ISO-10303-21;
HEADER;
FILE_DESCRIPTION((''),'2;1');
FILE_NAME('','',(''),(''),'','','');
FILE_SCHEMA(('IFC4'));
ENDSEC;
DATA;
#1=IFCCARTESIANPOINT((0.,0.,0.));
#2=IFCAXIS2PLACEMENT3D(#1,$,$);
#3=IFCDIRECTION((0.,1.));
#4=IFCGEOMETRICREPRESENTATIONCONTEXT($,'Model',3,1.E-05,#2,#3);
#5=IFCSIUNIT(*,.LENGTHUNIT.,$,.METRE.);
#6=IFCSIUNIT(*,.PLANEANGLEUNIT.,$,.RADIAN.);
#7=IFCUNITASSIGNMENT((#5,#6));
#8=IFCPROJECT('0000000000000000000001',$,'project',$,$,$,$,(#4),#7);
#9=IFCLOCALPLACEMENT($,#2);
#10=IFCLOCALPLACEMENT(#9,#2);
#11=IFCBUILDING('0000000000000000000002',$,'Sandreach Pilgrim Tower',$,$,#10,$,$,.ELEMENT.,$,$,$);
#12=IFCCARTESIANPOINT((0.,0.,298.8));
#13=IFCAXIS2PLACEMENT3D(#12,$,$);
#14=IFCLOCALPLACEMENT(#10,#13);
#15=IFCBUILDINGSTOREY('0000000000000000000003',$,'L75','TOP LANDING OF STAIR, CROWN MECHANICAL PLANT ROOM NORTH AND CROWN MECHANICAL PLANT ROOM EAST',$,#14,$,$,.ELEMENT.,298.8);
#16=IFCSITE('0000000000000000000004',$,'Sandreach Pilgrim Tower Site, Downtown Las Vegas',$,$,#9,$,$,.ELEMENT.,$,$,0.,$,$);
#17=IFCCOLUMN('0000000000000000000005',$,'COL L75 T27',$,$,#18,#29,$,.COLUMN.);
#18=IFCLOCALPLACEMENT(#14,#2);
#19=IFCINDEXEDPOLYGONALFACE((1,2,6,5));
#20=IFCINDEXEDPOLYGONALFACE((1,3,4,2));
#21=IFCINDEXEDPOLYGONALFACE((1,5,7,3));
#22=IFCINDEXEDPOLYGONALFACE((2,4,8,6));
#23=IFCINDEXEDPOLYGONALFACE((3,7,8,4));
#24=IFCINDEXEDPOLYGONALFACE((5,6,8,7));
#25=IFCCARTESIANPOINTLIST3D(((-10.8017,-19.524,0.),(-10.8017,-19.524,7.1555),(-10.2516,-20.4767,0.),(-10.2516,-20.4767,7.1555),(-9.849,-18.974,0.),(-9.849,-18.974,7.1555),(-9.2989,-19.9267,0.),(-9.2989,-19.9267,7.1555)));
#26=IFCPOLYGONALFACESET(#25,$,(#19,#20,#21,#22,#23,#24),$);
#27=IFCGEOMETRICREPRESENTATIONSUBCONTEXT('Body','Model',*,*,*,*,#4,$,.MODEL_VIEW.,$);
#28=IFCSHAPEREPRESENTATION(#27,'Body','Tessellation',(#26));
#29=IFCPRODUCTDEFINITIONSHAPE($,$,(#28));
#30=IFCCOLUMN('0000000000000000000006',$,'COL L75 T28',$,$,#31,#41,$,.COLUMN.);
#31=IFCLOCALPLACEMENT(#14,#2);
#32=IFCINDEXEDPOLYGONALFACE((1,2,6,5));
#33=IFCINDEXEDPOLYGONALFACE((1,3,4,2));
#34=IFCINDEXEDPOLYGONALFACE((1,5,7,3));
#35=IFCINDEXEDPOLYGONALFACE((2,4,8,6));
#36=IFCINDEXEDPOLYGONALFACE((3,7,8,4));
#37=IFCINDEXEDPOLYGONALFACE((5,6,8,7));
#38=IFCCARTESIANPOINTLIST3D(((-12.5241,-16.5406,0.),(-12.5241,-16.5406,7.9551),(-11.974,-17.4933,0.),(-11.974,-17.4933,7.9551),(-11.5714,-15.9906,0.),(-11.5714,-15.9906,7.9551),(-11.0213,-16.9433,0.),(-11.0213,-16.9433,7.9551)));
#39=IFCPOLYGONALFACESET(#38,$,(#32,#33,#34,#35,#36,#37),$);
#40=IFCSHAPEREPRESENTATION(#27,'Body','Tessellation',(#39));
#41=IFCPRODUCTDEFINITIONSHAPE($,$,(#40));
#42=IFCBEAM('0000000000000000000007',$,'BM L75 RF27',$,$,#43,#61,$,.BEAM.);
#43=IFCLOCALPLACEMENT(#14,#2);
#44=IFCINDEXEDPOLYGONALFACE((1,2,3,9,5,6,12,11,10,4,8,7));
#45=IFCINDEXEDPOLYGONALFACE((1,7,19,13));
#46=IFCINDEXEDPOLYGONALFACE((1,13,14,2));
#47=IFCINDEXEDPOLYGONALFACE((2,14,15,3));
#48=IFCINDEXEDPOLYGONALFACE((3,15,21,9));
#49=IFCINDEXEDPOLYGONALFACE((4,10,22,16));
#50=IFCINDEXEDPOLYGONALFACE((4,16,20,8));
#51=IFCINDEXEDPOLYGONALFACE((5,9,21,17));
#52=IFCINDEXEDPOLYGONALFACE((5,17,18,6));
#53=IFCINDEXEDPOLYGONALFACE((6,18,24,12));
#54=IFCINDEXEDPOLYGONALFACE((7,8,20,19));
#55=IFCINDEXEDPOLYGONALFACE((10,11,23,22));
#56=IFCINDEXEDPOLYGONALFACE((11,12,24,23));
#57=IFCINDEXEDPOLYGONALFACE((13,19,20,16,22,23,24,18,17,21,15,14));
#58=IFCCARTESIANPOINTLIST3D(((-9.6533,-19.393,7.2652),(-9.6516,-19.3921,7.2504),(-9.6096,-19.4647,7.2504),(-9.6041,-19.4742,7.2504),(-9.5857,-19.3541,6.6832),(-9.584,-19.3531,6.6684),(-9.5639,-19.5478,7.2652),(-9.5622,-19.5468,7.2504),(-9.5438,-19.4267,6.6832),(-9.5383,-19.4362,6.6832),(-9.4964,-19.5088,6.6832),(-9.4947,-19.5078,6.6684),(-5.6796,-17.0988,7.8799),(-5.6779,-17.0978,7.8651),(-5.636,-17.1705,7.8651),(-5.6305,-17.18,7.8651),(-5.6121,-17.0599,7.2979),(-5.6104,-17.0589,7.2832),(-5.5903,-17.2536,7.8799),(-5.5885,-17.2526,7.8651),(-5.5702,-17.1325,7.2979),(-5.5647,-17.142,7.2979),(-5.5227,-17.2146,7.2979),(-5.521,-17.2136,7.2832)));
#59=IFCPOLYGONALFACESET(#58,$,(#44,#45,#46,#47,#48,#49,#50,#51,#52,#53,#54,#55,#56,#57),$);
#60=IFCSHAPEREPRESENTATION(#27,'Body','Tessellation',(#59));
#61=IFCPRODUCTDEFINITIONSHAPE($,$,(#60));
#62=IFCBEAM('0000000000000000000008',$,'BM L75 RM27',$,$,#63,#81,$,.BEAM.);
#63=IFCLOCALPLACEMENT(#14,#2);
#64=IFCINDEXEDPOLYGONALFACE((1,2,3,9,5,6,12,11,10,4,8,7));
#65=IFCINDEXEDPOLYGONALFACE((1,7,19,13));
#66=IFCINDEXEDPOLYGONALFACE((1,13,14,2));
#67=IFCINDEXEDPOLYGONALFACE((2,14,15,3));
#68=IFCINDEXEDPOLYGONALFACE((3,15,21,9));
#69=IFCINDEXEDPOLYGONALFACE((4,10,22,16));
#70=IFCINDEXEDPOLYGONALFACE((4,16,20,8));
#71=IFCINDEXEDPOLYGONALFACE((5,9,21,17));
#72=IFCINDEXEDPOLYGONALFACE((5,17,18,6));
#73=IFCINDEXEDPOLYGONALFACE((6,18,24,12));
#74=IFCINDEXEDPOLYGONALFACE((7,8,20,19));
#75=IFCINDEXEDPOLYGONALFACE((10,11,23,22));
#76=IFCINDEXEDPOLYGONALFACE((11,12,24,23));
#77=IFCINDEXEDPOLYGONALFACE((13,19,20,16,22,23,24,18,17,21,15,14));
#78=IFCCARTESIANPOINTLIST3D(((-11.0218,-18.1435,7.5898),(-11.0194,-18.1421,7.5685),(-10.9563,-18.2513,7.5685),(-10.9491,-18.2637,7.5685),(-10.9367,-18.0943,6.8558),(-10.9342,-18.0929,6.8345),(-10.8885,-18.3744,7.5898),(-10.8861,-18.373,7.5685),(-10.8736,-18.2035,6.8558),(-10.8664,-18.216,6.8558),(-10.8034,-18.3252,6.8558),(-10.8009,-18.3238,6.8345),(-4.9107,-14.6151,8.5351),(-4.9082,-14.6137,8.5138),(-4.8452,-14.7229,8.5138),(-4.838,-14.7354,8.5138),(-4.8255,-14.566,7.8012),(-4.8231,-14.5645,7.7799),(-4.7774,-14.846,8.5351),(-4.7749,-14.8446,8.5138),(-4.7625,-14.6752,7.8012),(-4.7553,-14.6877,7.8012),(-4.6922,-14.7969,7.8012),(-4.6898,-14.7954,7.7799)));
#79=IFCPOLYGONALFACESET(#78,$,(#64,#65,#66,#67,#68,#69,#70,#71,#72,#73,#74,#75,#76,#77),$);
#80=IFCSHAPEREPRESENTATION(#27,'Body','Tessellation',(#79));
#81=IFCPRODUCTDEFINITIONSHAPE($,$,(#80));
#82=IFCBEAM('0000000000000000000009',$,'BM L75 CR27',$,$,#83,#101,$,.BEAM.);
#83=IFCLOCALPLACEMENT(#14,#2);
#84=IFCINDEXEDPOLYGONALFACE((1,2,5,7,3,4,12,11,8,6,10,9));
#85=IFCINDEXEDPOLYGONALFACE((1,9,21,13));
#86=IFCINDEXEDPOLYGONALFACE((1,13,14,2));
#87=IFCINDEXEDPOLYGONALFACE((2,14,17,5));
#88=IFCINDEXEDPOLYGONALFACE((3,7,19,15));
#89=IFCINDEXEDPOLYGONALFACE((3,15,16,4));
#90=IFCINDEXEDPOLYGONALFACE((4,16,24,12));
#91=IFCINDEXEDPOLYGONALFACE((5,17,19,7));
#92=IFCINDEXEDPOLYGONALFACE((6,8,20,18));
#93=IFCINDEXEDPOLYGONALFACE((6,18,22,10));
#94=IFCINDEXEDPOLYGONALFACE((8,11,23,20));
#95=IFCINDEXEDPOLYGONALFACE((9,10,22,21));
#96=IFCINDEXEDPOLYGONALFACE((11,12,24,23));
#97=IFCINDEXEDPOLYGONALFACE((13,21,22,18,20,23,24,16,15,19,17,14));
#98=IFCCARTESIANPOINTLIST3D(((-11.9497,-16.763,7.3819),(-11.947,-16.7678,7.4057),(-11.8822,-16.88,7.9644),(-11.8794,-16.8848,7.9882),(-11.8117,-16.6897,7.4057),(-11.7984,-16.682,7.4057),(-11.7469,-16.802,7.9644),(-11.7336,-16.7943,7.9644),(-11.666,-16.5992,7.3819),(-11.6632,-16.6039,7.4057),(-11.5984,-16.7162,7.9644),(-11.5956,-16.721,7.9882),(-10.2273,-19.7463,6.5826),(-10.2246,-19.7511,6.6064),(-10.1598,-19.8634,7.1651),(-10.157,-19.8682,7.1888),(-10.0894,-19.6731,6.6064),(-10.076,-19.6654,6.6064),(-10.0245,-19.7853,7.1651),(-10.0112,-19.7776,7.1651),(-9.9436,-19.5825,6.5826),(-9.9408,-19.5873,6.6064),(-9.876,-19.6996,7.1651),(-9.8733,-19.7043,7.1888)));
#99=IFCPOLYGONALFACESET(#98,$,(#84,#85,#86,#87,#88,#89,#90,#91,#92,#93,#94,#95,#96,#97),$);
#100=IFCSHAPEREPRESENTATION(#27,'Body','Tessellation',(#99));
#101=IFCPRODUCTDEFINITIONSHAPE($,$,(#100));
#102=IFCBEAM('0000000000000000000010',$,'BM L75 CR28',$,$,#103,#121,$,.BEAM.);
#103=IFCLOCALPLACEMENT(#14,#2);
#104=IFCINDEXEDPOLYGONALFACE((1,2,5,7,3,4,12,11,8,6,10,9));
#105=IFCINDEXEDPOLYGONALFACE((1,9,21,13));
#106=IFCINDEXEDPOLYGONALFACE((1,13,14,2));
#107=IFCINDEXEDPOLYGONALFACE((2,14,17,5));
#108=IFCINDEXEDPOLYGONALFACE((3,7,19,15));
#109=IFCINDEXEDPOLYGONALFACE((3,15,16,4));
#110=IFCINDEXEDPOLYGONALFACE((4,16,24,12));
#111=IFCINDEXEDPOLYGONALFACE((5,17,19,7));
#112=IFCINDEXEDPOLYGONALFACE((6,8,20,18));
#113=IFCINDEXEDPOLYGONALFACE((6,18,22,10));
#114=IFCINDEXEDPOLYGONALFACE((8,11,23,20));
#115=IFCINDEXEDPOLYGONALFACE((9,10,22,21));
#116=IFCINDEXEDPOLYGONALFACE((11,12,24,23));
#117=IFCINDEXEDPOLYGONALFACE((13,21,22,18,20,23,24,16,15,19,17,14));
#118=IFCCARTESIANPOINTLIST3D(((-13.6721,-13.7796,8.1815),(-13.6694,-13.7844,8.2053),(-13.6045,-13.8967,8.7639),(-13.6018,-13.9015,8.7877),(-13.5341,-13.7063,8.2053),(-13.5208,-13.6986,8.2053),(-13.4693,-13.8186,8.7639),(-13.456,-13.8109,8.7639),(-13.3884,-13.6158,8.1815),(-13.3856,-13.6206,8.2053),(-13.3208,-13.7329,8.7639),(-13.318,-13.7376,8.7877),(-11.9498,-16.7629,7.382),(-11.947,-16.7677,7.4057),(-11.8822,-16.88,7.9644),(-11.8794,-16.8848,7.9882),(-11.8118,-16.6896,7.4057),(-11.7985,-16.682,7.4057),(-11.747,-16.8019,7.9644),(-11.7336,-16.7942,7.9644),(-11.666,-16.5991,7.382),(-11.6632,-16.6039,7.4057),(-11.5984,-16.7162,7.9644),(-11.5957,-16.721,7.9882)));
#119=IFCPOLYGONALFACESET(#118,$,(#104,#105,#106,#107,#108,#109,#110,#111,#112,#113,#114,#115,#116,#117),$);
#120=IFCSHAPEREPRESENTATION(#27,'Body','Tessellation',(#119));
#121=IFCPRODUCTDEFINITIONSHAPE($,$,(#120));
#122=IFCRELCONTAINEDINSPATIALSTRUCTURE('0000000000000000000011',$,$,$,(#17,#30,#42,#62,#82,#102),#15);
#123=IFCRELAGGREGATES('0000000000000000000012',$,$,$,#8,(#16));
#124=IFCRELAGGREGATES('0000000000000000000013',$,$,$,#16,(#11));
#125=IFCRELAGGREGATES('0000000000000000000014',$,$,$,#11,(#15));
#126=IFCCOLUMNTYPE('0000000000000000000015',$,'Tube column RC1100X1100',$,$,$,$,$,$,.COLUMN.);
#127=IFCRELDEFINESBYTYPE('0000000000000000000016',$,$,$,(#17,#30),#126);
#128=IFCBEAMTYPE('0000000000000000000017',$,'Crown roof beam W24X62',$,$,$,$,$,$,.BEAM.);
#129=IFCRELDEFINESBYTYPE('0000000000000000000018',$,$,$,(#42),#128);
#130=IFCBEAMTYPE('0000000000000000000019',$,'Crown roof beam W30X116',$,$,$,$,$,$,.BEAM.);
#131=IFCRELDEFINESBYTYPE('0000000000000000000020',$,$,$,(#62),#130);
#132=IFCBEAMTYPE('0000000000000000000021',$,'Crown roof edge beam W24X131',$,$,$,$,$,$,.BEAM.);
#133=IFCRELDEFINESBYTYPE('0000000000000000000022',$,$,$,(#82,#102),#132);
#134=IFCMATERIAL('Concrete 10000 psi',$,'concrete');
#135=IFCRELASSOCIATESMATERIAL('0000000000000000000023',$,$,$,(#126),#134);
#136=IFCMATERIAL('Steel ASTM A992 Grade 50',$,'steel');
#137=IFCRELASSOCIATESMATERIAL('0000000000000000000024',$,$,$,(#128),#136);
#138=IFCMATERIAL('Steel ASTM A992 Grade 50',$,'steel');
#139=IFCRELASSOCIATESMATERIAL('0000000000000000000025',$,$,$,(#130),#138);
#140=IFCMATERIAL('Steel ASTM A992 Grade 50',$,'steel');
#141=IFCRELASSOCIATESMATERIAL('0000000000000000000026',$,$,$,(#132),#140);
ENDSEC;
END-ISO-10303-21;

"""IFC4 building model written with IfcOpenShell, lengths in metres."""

from ifc_helpers import new_model, si_unit, direction, frame, origin, origin_2d, place, context, subcontext, project, spatial, rectangle, i_section, extrude, material, material_profile, profile_set, type_object, element, save


model = new_model("IFC4")

# Units and contexts
model_context = context("Model", 3, precision=1e-05, world=origin(), true_north=direction((0.0, 1.0)))
body_context = subcontext(model_context, "Body", "Model", "MODEL_VIEW")
ifc_project = project(units=[si_unit("LENGTHUNIT", "METRE"), si_unit("PLANEANGLEUNIT", "RADIAN")], contexts=[model_context])

# Site, building, storey
site_placement = place(None, origin())
site = spatial("IfcSite", under=ifc_project, at=site_placement, Name="Sandreach Pilgrim Tower Site, Downtown Las Vegas", CompositionType="ELEMENT", RefElevation=0.0)
building_placement = place(site_placement, origin())
building = spatial("IfcBuilding", under=site, at=building_placement, Name="Sandreach Pilgrim Tower", CompositionType="ELEMENT")
storey_placement = place(building_placement, frame((0.0, 0.0, 298.8)))
storey = spatial("IfcBuildingStorey", under=building, at=storey_placement, Name="L75", Description="TOP LANDING OF STAIR, CROWN MECHANICAL PLANT ROOM NORTH AND CROWN MECHANICAL PLANT ROOM EAST", CompositionType="ELEMENT", Elevation=298.8)

# Columns
ifc_material_1 = material(Name="Concrete 10000 psi", Category="concrete")
ifc_material_profile_1 = material_profile(ifc_material_1, rectangle(XDim=1.1001, YDim=1.1001, at=origin_2d()), Name="RC1100X1100")
ifc_profile_set_1 = profile_set([ifc_material_profile_1], Name="Concrete 10000 psi")
column_type = type_object("IfcColumnType", Name="Tube column RC1100X1100", PredefinedType="COLUMN", material=ifc_profile_set_1)
column_1_placement = place(storey_placement, frame((-10.0503, -19.7253, 0.0), z_axis=(0.0, 0.0, 1.0), x_axis=(-0.866025, -0.5, 0.0)))
element("IfcColumn", 1, at=column_1_placement, inside=storey, type_object=column_type, Name="COL L75 T27", PredefinedType="COLUMN", context=body_context, shape_type="SweptSolid", body=[
    extrude(rectangle(XDim=1.1001, YDim=1.1001, at=origin_2d()), origin(), (0.0, 0.0, 1.0), 7.1555),
])
column_2_placement = place(storey_placement, frame((-11.7727, -16.7419, 0.0), z_axis=(0.0, 0.0, 1.0), x_axis=(-0.866025, -0.5, 0.0)))
element("IfcColumn", 2, at=column_2_placement, inside=storey, type_object=column_type, Name="COL L75 T28", PredefinedType="COLUMN", context=body_context, shape_type="SweptSolid", body=[
    extrude(rectangle(XDim=1.1001, YDim=1.1001, at=origin_2d()), origin(), (0.0, 0.0, 1.0), 7.9551),
])

# Beams
ifc_material_2 = material(Name="Steel ASTM A992 Grade 50", Category="steel")
ifc_material_profile_2 = material_profile(ifc_material_2, i_section(OverallWidth=0.1787, OverallDepth=0.6021, WebThickness=0.011, FlangeThickness=0.0149, at=origin_2d()), Name="W24X62")
ifc_profile_set_2 = profile_set([ifc_material_profile_2], Name="Steel ASTM A992 Grade 50")
beam_type_1 = type_object("IfcBeamType", Name="Crown roof beam W24X62", PredefinedType="BEAM", material=ifc_profile_set_2)
beam_1_placement = place(storey_placement, frame((-9.574, -19.4504, 6.9668), z_axis=(0.858355, 0.495574, 0.132793), x_axis=(-0.500002, 0.866024, 0.0)))
element("IfcBeam", 3, at=beam_1_placement, inside=storey, type_object=beam_type_1, Name="BM L75 RF27", PredefinedType="BEAM", context=body_context, shape_type="SweptSolid", body=[
    extrude(i_section(OverallWidth=0.1787, OverallDepth=0.6021, WebThickness=0.011, FlangeThickness=0.0149, at=origin_2d()), origin(), (0.0, 0.0, 1.0), 4.6294),
])
ifc_material_3 = material(Name="Steel ASTM A992 Grade 50", Category="steel")
ifc_material_profile_3 = material_profile(ifc_material_3, i_section(OverallWidth=0.2666, OverallDepth=0.762, WebThickness=0.0144, FlangeThickness=0.0215, at=origin_2d()), Name="W30X116")
ifc_profile_set_3 = profile_set([ifc_material_profile_3], Name="Steel ASTM A992 Grade 50")
beam_type_2 = type_object("IfcBeamType", Name="Crown roof beam W30X116", PredefinedType="BEAM", material=ifc_profile_set_3)
beam_2_placement = place(storey_placement, frame((-10.9114, -18.2336, 7.2122), z_axis=(0.858352, 0.495582, 0.132777), x_axis=(-0.500009, 0.86602, 0.0)))
element("IfcBeam", 4, at=beam_2_placement, inside=storey, type_object=beam_type_2, Name="BM L75 RM27", PredefinedType="BEAM", context=body_context, shape_type="SweptSolid", body=[
    extrude(i_section(OverallWidth=0.2666, OverallDepth=0.762, WebThickness=0.0144, FlangeThickness=0.0215, at=origin_2d()), origin(), (0.0, 0.0, 1.0), 7.1196),
])
ifc_material_4 = material(Name="Steel ASTM A992 Grade 50", Category="steel")
ifc_material_profile_4 = material_profile(ifc_material_4, i_section(OverallWidth=0.3276, OverallDepth=0.6223, WebThickness=0.0154, FlangeThickness=0.0244, at=origin_2d()), Name="W24X131")
ifc_profile_set_4 = profile_set([ifc_material_profile_4], Name="Steel ASTM A992 Grade 50")
beam_type_3 = type_object("IfcBeamType", Name="Crown roof edge beam W24X131", PredefinedType="BEAM", material=ifc_profile_set_4)
for number, where, z_axis, x_axis, name in (
    (5, (-10.0503, -19.7253, 6.8857), (-0.487049, 0.843621, 0.226024), (-0.866032, -0.499988, 0.0), "BM L75 CR27"),
    (6, (-11.7727, -16.7419, 7.6851), (-0.487042, 0.843608, 0.22609), (-0.866032, -0.499988, 0.0), "BM L75 CR28"),
):
    element("IfcBeam", number, at=place(storey_placement, frame(where, z_axis=z_axis, x_axis=x_axis)), inside=storey, type_object=beam_type_3, Name=name, PredefinedType="BEAM", context=body_context, shape_type="SweptSolid", body=[
        extrude(i_section(OverallWidth=0.3276, OverallDepth=0.6223, WebThickness=0.0154, FlangeThickness=0.0244, at=origin_2d()), origin(), (0.0, 0.0, 1.0), 3.5364),
    ])

save(model, "model.ifc")
